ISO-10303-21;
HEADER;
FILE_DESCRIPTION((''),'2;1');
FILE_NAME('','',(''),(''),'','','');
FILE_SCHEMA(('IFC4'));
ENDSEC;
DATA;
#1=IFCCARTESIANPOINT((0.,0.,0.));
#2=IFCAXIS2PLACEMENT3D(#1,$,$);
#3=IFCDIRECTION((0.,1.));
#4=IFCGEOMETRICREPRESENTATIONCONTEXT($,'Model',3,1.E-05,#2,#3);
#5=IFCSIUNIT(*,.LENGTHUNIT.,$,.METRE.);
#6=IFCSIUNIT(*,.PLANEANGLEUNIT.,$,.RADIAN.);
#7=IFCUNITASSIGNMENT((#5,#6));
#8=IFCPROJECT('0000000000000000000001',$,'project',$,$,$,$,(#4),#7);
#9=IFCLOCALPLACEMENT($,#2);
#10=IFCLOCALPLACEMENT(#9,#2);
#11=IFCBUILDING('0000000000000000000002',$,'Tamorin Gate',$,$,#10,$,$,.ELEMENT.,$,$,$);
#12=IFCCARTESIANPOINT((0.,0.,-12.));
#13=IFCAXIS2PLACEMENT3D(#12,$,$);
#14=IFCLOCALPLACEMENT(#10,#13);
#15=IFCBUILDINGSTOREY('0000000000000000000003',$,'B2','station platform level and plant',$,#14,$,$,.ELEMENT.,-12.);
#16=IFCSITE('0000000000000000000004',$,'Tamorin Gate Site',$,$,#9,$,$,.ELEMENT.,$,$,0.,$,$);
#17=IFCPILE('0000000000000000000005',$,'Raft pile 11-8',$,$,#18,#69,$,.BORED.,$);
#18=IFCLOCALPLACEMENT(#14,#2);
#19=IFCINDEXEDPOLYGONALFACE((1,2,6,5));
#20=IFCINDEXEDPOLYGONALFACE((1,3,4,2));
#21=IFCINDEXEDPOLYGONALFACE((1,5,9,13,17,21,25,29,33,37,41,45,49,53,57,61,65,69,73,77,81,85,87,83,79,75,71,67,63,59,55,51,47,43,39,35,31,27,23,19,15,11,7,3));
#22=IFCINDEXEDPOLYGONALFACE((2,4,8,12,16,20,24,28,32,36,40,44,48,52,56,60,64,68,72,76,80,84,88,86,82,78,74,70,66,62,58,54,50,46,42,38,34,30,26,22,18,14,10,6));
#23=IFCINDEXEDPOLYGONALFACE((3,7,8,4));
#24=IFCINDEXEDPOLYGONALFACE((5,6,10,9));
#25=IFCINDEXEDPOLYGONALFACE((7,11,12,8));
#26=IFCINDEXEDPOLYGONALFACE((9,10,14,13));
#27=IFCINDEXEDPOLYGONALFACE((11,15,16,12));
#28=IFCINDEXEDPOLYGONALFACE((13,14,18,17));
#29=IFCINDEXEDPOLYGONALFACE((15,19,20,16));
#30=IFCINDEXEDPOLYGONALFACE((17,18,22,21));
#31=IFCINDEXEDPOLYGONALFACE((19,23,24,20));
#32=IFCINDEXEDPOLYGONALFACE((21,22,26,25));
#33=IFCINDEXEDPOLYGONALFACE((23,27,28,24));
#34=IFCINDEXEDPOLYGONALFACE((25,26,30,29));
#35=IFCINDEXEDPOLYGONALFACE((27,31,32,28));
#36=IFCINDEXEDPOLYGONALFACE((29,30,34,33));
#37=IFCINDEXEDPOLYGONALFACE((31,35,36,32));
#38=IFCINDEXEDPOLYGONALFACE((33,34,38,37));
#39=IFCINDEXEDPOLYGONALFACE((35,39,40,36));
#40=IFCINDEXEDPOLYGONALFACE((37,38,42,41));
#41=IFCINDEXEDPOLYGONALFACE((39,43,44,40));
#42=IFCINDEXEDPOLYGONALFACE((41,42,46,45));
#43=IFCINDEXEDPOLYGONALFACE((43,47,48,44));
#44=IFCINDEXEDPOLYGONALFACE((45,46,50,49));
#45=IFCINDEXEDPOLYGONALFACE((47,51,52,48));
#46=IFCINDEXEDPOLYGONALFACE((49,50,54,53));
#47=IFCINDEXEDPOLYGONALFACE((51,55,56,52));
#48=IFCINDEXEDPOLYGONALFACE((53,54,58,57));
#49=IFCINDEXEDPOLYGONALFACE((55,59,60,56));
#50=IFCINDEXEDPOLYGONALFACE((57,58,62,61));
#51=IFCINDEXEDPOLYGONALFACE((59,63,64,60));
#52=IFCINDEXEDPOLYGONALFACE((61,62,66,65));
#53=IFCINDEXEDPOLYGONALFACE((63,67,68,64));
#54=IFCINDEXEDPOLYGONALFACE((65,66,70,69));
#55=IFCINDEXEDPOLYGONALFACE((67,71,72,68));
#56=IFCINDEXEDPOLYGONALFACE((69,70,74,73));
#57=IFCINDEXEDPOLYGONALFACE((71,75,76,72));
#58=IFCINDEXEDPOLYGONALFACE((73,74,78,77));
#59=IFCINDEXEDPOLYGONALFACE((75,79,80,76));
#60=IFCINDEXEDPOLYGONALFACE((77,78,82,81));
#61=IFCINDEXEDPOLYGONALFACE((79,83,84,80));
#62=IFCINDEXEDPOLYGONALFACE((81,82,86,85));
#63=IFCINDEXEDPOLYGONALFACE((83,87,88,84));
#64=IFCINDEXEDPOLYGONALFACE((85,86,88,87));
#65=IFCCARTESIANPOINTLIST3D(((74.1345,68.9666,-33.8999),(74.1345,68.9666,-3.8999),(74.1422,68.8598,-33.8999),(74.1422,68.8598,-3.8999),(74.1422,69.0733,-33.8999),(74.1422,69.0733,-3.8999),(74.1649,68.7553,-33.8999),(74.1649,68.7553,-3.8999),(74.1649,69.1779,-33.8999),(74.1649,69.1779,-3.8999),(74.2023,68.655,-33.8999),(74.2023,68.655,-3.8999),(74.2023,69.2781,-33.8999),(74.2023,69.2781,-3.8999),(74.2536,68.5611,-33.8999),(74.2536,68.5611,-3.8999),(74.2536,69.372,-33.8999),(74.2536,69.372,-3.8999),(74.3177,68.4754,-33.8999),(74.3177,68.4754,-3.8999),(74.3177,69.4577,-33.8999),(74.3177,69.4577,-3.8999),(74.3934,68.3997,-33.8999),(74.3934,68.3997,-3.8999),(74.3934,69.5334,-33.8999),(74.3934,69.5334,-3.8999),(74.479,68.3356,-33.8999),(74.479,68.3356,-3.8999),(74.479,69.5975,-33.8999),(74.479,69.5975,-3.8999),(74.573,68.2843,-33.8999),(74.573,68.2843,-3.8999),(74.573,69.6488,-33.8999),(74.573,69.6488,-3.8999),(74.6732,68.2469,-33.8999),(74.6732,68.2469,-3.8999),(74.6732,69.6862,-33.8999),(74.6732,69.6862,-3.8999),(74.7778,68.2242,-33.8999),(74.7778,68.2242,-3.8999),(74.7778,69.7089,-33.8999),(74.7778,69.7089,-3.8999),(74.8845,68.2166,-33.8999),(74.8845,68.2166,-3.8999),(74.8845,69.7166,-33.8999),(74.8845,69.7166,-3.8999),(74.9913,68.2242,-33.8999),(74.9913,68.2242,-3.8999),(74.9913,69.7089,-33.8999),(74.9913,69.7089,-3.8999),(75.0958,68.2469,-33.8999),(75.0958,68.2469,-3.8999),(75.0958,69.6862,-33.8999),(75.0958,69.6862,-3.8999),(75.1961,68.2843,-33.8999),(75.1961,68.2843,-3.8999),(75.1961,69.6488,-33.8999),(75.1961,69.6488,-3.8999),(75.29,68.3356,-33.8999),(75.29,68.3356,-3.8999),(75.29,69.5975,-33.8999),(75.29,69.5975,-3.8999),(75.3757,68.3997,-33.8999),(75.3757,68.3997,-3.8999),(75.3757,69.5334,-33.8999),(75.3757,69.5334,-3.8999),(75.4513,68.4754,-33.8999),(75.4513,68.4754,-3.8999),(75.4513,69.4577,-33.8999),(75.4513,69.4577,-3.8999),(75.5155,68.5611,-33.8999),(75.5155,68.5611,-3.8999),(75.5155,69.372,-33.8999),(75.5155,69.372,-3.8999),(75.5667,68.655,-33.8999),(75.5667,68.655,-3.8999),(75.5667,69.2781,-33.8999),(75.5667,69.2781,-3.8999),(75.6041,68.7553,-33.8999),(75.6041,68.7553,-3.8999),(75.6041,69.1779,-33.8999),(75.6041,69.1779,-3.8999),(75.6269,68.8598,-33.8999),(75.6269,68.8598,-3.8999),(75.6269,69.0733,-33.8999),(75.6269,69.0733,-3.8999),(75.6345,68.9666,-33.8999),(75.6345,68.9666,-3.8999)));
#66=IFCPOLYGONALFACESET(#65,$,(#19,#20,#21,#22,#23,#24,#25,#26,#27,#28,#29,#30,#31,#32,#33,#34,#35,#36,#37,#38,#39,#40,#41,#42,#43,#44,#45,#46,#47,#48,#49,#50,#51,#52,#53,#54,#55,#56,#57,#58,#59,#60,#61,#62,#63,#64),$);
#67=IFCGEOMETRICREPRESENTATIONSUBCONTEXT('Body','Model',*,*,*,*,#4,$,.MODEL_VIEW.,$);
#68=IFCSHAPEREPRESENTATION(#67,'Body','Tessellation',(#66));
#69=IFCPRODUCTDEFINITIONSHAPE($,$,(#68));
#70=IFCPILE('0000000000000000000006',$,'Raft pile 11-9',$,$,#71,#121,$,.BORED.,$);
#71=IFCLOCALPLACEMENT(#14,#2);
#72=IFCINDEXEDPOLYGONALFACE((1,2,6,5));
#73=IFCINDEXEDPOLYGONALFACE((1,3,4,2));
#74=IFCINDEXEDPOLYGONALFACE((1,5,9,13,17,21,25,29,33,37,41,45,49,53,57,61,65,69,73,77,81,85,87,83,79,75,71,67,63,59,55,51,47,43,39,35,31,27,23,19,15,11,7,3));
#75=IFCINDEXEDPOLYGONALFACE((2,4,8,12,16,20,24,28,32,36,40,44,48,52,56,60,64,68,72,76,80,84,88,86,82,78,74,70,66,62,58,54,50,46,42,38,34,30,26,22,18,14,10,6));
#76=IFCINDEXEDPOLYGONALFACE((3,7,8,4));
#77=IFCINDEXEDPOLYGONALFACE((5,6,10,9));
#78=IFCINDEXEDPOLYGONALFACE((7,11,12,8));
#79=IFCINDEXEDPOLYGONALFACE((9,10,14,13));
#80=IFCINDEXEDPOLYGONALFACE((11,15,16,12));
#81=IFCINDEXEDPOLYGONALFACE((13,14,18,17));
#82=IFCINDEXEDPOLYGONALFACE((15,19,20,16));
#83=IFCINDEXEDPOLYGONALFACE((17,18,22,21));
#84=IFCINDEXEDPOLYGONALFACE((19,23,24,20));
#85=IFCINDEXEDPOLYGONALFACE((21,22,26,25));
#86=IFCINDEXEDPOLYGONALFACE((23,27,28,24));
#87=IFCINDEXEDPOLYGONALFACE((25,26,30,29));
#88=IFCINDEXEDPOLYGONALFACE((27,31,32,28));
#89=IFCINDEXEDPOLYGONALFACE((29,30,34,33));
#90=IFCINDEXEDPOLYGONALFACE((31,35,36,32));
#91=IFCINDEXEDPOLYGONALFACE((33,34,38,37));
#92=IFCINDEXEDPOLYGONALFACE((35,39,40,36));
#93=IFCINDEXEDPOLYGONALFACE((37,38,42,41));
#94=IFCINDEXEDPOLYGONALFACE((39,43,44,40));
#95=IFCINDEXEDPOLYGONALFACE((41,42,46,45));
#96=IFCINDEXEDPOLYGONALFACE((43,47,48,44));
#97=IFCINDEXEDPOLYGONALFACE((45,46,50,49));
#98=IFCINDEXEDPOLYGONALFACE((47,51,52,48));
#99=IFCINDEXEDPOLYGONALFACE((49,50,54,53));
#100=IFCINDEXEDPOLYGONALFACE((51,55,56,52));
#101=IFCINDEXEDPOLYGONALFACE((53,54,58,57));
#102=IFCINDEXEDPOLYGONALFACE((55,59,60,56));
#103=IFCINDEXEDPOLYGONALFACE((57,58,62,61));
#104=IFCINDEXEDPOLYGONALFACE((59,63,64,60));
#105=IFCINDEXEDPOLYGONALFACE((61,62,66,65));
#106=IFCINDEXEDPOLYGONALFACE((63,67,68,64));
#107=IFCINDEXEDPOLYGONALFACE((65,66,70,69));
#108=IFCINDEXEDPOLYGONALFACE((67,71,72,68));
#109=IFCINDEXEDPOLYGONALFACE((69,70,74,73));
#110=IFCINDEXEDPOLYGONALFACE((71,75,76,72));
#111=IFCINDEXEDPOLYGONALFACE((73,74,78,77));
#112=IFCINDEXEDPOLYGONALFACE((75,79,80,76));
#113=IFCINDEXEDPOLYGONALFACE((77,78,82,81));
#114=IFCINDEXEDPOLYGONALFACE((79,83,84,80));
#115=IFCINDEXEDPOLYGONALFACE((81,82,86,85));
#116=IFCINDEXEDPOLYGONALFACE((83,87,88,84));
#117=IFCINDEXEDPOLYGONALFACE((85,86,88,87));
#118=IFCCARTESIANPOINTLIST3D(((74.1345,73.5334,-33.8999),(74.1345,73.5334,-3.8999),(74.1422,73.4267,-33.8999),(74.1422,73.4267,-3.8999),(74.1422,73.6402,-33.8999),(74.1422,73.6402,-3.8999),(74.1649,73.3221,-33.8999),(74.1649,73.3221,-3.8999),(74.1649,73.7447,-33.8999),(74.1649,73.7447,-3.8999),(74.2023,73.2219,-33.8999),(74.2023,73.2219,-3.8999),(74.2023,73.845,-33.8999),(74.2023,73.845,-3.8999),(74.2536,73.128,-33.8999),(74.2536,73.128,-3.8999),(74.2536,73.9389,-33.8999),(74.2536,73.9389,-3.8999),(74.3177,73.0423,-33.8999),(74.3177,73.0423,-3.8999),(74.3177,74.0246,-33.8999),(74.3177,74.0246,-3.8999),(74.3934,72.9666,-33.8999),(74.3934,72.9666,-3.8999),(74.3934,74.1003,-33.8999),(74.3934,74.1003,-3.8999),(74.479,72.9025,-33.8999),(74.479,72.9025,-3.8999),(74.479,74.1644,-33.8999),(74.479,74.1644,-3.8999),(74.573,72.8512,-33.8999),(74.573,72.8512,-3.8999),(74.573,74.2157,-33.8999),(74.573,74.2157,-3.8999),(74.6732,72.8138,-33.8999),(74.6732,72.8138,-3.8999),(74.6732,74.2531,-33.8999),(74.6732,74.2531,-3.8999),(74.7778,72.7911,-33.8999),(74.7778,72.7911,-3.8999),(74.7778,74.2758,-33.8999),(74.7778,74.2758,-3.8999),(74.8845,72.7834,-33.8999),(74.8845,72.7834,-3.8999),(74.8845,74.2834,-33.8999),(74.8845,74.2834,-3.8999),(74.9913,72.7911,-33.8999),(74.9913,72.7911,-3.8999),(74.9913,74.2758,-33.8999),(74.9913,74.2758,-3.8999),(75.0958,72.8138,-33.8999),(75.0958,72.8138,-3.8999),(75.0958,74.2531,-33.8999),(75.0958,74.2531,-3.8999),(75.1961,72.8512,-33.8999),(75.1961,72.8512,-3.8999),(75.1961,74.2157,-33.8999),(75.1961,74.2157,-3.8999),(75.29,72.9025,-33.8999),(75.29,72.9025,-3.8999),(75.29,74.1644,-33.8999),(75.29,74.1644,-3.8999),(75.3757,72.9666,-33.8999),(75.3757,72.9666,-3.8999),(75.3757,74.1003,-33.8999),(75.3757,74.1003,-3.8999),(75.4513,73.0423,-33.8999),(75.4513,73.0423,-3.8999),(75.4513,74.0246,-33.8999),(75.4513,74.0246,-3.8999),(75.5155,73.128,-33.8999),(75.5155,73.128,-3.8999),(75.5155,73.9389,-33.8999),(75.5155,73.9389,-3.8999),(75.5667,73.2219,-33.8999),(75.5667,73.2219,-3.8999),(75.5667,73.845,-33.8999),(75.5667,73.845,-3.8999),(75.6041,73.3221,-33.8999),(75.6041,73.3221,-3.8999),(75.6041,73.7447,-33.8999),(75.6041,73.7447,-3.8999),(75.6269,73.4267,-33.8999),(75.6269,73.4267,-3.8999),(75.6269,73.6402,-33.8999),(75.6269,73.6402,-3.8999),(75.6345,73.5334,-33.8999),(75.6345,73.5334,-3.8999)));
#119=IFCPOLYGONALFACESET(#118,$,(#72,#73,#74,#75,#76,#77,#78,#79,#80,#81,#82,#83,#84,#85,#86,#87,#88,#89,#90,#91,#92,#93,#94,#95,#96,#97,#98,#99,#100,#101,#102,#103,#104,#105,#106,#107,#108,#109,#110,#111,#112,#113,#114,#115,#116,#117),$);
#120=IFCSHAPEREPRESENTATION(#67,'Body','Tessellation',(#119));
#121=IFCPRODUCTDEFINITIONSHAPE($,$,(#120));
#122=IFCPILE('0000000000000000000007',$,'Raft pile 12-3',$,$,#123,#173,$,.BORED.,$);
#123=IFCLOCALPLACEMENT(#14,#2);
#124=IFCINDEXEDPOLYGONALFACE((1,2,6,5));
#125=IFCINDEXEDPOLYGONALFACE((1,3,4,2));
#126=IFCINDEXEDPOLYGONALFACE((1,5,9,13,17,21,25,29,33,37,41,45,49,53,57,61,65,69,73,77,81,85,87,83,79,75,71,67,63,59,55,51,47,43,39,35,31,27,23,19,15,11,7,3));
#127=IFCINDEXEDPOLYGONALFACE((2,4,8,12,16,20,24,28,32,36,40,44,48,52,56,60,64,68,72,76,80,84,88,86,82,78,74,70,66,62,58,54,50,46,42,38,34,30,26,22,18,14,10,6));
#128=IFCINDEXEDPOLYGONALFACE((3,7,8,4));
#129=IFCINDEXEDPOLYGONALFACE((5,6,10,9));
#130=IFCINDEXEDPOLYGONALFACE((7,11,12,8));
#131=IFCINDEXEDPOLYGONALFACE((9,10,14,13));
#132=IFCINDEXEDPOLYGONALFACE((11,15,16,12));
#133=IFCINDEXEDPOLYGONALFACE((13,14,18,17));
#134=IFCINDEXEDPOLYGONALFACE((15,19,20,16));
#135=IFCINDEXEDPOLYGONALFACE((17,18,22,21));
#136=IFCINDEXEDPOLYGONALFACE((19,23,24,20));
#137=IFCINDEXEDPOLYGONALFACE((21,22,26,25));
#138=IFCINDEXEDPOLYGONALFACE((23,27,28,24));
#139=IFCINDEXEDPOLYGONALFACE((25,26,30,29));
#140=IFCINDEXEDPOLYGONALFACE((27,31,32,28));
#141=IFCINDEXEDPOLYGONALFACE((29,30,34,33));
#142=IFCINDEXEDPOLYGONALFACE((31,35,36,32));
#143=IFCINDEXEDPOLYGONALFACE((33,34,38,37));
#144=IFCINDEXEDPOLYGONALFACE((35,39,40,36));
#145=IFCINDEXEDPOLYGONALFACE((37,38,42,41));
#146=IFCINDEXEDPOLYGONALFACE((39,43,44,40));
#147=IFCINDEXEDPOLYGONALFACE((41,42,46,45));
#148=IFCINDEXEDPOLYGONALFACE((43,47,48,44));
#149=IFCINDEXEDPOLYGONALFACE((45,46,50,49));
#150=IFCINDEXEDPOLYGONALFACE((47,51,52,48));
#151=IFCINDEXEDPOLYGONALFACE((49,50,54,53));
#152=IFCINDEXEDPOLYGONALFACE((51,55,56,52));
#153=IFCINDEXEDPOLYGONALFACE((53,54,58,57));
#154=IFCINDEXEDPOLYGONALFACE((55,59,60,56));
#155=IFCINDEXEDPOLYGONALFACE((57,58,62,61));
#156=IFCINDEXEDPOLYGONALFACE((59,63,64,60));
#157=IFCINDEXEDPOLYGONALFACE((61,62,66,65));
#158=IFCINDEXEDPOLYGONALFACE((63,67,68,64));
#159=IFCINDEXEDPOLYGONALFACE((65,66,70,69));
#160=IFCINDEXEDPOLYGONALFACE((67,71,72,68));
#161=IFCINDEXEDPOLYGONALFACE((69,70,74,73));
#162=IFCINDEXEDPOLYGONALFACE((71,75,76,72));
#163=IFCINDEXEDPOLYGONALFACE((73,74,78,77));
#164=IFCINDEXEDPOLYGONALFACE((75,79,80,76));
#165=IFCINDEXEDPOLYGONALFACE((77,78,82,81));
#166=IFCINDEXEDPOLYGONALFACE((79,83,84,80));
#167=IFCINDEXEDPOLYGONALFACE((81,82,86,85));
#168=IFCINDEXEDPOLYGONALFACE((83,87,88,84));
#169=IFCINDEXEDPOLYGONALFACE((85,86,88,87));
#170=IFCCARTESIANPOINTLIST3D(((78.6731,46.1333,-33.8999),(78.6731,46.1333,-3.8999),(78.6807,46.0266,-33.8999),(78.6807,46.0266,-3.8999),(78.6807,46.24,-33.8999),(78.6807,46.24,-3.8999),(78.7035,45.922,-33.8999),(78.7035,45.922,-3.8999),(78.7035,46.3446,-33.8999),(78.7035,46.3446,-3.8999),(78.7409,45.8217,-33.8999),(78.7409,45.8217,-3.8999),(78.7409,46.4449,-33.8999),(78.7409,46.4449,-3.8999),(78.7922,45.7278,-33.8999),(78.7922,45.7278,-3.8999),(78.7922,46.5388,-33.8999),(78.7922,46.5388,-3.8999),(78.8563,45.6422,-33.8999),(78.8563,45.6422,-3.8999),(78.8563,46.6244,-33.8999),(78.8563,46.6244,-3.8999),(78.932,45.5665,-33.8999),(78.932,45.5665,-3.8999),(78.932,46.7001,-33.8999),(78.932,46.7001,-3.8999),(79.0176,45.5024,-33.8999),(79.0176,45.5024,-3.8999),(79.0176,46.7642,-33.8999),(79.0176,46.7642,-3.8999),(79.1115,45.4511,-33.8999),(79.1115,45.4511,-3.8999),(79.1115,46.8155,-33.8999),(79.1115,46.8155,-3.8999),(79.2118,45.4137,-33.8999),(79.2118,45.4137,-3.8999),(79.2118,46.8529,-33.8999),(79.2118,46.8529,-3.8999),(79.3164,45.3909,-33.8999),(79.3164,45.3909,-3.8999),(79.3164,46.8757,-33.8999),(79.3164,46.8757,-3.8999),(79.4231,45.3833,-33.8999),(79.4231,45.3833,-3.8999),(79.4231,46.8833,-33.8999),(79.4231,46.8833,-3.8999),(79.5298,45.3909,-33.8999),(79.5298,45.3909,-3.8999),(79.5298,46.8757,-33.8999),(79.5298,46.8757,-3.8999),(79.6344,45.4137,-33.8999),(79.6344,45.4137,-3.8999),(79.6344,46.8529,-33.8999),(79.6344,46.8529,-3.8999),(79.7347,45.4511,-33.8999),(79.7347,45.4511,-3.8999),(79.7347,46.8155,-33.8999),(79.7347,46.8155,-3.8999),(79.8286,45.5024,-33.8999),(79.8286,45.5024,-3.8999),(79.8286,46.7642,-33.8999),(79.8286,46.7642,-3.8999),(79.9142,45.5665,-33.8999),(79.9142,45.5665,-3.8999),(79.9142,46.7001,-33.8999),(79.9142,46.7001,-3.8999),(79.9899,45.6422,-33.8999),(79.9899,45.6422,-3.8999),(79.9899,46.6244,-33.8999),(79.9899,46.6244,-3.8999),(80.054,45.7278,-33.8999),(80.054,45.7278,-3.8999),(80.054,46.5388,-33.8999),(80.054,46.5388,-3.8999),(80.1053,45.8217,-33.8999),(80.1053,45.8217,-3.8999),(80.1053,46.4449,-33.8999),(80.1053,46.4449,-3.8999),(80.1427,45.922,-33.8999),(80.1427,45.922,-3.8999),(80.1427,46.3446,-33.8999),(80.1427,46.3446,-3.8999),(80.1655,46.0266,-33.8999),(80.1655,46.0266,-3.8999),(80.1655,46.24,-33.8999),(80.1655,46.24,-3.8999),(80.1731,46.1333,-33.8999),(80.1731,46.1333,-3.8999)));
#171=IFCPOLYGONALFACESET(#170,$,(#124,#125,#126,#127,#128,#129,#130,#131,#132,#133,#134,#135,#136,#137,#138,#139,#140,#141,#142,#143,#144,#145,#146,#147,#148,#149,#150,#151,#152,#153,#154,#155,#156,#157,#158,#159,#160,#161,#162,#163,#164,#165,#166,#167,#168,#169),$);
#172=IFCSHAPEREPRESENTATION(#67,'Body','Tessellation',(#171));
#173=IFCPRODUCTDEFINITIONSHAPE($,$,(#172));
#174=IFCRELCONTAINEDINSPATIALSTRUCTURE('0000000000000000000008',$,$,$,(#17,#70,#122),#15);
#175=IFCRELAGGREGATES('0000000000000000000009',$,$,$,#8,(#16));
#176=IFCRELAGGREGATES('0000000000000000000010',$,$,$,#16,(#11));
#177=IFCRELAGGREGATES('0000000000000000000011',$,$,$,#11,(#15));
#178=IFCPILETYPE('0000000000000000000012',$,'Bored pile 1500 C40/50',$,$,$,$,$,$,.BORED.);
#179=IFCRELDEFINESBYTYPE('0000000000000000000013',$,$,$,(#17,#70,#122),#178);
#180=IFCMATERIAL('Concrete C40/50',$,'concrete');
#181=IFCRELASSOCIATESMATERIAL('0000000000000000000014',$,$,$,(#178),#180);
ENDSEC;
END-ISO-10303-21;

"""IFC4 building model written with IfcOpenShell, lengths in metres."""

from ifc_helpers import new_model, si_unit, direction, frame, origin, origin_2d, place, context, subcontext, project, spatial, circle, extrude, material, material_profile, profile_set, type_object, element, save


model = new_model("IFC4")

# Units and contexts
model_context = context("Model", 3, precision=1e-05, world=origin(), true_north=direction((0.0, 1.0)))
body_context = subcontext(model_context, "Body", "Model", "MODEL_VIEW")
ifc_project = project(units=[si_unit("LENGTHUNIT", "METRE"), si_unit("PLANEANGLEUNIT", "RADIAN")], contexts=[model_context])

# Site, building, storey
site_placement = place(None, origin())
site = spatial("IfcSite", under=ifc_project, at=site_placement, Name="Tamorin Gate Site", CompositionType="ELEMENT", RefElevation=0.0)
building_placement = place(site_placement, origin())
building = spatial("IfcBuilding", under=site, at=building_placement, Name="Tamorin Gate", CompositionType="ELEMENT")
storey_placement = place(building_placement, frame((0.0, 0.0, -12.0)))
storey = spatial("IfcBuildingStorey", under=building, at=storey_placement, Name="B2", Description="station platform level and plant", CompositionType="ELEMENT", Elevation=-12.0)

# Piles
ifc_material_1 = material(Name="Concrete C40/50", Category="concrete")
ifc_material_profile_1 = material_profile(ifc_material_1, circle(Radius=0.75, at=origin_2d()))
ifc_profile_set_1 = profile_set([ifc_material_profile_1], Name="Concrete C40/50")
pile_type = type_object("IfcPileType", Name="Bored pile 1500 C40/50", PredefinedType="BORED", material=ifc_profile_set_1)
for number, where, z_axis, x_axis, name in (
    (1, (74.8845, 68.9666, -3.8999), (0.0, 0.0, -1.0), (1.0, 0.0, 0.0), "Raft pile 11-8"),
    (2, (74.8845, 73.5334, -3.8999), (0.0, 0.0, -1.0), (1.0, 0.0, 0.0), "Raft pile 11-9"),
    (3, (79.4231, 46.1333, -3.8999), (0.0, 0.0, -1.0), (1.0, 0.0, 0.0), "Raft pile 12-3"),
):
    element("IfcPile", number, at=place(storey_placement, frame(where, z_axis=z_axis, x_axis=x_axis)), inside=storey, type_object=pile_type, Name=name, PredefinedType="BORED", context=body_context, shape_type="SweptSolid", body=[
        extrude(circle(Radius=0.75, at=origin_2d()), origin(), (0.0, 0.0, 1.0), 30.0),
    ])

save(model, "model.ifc")
